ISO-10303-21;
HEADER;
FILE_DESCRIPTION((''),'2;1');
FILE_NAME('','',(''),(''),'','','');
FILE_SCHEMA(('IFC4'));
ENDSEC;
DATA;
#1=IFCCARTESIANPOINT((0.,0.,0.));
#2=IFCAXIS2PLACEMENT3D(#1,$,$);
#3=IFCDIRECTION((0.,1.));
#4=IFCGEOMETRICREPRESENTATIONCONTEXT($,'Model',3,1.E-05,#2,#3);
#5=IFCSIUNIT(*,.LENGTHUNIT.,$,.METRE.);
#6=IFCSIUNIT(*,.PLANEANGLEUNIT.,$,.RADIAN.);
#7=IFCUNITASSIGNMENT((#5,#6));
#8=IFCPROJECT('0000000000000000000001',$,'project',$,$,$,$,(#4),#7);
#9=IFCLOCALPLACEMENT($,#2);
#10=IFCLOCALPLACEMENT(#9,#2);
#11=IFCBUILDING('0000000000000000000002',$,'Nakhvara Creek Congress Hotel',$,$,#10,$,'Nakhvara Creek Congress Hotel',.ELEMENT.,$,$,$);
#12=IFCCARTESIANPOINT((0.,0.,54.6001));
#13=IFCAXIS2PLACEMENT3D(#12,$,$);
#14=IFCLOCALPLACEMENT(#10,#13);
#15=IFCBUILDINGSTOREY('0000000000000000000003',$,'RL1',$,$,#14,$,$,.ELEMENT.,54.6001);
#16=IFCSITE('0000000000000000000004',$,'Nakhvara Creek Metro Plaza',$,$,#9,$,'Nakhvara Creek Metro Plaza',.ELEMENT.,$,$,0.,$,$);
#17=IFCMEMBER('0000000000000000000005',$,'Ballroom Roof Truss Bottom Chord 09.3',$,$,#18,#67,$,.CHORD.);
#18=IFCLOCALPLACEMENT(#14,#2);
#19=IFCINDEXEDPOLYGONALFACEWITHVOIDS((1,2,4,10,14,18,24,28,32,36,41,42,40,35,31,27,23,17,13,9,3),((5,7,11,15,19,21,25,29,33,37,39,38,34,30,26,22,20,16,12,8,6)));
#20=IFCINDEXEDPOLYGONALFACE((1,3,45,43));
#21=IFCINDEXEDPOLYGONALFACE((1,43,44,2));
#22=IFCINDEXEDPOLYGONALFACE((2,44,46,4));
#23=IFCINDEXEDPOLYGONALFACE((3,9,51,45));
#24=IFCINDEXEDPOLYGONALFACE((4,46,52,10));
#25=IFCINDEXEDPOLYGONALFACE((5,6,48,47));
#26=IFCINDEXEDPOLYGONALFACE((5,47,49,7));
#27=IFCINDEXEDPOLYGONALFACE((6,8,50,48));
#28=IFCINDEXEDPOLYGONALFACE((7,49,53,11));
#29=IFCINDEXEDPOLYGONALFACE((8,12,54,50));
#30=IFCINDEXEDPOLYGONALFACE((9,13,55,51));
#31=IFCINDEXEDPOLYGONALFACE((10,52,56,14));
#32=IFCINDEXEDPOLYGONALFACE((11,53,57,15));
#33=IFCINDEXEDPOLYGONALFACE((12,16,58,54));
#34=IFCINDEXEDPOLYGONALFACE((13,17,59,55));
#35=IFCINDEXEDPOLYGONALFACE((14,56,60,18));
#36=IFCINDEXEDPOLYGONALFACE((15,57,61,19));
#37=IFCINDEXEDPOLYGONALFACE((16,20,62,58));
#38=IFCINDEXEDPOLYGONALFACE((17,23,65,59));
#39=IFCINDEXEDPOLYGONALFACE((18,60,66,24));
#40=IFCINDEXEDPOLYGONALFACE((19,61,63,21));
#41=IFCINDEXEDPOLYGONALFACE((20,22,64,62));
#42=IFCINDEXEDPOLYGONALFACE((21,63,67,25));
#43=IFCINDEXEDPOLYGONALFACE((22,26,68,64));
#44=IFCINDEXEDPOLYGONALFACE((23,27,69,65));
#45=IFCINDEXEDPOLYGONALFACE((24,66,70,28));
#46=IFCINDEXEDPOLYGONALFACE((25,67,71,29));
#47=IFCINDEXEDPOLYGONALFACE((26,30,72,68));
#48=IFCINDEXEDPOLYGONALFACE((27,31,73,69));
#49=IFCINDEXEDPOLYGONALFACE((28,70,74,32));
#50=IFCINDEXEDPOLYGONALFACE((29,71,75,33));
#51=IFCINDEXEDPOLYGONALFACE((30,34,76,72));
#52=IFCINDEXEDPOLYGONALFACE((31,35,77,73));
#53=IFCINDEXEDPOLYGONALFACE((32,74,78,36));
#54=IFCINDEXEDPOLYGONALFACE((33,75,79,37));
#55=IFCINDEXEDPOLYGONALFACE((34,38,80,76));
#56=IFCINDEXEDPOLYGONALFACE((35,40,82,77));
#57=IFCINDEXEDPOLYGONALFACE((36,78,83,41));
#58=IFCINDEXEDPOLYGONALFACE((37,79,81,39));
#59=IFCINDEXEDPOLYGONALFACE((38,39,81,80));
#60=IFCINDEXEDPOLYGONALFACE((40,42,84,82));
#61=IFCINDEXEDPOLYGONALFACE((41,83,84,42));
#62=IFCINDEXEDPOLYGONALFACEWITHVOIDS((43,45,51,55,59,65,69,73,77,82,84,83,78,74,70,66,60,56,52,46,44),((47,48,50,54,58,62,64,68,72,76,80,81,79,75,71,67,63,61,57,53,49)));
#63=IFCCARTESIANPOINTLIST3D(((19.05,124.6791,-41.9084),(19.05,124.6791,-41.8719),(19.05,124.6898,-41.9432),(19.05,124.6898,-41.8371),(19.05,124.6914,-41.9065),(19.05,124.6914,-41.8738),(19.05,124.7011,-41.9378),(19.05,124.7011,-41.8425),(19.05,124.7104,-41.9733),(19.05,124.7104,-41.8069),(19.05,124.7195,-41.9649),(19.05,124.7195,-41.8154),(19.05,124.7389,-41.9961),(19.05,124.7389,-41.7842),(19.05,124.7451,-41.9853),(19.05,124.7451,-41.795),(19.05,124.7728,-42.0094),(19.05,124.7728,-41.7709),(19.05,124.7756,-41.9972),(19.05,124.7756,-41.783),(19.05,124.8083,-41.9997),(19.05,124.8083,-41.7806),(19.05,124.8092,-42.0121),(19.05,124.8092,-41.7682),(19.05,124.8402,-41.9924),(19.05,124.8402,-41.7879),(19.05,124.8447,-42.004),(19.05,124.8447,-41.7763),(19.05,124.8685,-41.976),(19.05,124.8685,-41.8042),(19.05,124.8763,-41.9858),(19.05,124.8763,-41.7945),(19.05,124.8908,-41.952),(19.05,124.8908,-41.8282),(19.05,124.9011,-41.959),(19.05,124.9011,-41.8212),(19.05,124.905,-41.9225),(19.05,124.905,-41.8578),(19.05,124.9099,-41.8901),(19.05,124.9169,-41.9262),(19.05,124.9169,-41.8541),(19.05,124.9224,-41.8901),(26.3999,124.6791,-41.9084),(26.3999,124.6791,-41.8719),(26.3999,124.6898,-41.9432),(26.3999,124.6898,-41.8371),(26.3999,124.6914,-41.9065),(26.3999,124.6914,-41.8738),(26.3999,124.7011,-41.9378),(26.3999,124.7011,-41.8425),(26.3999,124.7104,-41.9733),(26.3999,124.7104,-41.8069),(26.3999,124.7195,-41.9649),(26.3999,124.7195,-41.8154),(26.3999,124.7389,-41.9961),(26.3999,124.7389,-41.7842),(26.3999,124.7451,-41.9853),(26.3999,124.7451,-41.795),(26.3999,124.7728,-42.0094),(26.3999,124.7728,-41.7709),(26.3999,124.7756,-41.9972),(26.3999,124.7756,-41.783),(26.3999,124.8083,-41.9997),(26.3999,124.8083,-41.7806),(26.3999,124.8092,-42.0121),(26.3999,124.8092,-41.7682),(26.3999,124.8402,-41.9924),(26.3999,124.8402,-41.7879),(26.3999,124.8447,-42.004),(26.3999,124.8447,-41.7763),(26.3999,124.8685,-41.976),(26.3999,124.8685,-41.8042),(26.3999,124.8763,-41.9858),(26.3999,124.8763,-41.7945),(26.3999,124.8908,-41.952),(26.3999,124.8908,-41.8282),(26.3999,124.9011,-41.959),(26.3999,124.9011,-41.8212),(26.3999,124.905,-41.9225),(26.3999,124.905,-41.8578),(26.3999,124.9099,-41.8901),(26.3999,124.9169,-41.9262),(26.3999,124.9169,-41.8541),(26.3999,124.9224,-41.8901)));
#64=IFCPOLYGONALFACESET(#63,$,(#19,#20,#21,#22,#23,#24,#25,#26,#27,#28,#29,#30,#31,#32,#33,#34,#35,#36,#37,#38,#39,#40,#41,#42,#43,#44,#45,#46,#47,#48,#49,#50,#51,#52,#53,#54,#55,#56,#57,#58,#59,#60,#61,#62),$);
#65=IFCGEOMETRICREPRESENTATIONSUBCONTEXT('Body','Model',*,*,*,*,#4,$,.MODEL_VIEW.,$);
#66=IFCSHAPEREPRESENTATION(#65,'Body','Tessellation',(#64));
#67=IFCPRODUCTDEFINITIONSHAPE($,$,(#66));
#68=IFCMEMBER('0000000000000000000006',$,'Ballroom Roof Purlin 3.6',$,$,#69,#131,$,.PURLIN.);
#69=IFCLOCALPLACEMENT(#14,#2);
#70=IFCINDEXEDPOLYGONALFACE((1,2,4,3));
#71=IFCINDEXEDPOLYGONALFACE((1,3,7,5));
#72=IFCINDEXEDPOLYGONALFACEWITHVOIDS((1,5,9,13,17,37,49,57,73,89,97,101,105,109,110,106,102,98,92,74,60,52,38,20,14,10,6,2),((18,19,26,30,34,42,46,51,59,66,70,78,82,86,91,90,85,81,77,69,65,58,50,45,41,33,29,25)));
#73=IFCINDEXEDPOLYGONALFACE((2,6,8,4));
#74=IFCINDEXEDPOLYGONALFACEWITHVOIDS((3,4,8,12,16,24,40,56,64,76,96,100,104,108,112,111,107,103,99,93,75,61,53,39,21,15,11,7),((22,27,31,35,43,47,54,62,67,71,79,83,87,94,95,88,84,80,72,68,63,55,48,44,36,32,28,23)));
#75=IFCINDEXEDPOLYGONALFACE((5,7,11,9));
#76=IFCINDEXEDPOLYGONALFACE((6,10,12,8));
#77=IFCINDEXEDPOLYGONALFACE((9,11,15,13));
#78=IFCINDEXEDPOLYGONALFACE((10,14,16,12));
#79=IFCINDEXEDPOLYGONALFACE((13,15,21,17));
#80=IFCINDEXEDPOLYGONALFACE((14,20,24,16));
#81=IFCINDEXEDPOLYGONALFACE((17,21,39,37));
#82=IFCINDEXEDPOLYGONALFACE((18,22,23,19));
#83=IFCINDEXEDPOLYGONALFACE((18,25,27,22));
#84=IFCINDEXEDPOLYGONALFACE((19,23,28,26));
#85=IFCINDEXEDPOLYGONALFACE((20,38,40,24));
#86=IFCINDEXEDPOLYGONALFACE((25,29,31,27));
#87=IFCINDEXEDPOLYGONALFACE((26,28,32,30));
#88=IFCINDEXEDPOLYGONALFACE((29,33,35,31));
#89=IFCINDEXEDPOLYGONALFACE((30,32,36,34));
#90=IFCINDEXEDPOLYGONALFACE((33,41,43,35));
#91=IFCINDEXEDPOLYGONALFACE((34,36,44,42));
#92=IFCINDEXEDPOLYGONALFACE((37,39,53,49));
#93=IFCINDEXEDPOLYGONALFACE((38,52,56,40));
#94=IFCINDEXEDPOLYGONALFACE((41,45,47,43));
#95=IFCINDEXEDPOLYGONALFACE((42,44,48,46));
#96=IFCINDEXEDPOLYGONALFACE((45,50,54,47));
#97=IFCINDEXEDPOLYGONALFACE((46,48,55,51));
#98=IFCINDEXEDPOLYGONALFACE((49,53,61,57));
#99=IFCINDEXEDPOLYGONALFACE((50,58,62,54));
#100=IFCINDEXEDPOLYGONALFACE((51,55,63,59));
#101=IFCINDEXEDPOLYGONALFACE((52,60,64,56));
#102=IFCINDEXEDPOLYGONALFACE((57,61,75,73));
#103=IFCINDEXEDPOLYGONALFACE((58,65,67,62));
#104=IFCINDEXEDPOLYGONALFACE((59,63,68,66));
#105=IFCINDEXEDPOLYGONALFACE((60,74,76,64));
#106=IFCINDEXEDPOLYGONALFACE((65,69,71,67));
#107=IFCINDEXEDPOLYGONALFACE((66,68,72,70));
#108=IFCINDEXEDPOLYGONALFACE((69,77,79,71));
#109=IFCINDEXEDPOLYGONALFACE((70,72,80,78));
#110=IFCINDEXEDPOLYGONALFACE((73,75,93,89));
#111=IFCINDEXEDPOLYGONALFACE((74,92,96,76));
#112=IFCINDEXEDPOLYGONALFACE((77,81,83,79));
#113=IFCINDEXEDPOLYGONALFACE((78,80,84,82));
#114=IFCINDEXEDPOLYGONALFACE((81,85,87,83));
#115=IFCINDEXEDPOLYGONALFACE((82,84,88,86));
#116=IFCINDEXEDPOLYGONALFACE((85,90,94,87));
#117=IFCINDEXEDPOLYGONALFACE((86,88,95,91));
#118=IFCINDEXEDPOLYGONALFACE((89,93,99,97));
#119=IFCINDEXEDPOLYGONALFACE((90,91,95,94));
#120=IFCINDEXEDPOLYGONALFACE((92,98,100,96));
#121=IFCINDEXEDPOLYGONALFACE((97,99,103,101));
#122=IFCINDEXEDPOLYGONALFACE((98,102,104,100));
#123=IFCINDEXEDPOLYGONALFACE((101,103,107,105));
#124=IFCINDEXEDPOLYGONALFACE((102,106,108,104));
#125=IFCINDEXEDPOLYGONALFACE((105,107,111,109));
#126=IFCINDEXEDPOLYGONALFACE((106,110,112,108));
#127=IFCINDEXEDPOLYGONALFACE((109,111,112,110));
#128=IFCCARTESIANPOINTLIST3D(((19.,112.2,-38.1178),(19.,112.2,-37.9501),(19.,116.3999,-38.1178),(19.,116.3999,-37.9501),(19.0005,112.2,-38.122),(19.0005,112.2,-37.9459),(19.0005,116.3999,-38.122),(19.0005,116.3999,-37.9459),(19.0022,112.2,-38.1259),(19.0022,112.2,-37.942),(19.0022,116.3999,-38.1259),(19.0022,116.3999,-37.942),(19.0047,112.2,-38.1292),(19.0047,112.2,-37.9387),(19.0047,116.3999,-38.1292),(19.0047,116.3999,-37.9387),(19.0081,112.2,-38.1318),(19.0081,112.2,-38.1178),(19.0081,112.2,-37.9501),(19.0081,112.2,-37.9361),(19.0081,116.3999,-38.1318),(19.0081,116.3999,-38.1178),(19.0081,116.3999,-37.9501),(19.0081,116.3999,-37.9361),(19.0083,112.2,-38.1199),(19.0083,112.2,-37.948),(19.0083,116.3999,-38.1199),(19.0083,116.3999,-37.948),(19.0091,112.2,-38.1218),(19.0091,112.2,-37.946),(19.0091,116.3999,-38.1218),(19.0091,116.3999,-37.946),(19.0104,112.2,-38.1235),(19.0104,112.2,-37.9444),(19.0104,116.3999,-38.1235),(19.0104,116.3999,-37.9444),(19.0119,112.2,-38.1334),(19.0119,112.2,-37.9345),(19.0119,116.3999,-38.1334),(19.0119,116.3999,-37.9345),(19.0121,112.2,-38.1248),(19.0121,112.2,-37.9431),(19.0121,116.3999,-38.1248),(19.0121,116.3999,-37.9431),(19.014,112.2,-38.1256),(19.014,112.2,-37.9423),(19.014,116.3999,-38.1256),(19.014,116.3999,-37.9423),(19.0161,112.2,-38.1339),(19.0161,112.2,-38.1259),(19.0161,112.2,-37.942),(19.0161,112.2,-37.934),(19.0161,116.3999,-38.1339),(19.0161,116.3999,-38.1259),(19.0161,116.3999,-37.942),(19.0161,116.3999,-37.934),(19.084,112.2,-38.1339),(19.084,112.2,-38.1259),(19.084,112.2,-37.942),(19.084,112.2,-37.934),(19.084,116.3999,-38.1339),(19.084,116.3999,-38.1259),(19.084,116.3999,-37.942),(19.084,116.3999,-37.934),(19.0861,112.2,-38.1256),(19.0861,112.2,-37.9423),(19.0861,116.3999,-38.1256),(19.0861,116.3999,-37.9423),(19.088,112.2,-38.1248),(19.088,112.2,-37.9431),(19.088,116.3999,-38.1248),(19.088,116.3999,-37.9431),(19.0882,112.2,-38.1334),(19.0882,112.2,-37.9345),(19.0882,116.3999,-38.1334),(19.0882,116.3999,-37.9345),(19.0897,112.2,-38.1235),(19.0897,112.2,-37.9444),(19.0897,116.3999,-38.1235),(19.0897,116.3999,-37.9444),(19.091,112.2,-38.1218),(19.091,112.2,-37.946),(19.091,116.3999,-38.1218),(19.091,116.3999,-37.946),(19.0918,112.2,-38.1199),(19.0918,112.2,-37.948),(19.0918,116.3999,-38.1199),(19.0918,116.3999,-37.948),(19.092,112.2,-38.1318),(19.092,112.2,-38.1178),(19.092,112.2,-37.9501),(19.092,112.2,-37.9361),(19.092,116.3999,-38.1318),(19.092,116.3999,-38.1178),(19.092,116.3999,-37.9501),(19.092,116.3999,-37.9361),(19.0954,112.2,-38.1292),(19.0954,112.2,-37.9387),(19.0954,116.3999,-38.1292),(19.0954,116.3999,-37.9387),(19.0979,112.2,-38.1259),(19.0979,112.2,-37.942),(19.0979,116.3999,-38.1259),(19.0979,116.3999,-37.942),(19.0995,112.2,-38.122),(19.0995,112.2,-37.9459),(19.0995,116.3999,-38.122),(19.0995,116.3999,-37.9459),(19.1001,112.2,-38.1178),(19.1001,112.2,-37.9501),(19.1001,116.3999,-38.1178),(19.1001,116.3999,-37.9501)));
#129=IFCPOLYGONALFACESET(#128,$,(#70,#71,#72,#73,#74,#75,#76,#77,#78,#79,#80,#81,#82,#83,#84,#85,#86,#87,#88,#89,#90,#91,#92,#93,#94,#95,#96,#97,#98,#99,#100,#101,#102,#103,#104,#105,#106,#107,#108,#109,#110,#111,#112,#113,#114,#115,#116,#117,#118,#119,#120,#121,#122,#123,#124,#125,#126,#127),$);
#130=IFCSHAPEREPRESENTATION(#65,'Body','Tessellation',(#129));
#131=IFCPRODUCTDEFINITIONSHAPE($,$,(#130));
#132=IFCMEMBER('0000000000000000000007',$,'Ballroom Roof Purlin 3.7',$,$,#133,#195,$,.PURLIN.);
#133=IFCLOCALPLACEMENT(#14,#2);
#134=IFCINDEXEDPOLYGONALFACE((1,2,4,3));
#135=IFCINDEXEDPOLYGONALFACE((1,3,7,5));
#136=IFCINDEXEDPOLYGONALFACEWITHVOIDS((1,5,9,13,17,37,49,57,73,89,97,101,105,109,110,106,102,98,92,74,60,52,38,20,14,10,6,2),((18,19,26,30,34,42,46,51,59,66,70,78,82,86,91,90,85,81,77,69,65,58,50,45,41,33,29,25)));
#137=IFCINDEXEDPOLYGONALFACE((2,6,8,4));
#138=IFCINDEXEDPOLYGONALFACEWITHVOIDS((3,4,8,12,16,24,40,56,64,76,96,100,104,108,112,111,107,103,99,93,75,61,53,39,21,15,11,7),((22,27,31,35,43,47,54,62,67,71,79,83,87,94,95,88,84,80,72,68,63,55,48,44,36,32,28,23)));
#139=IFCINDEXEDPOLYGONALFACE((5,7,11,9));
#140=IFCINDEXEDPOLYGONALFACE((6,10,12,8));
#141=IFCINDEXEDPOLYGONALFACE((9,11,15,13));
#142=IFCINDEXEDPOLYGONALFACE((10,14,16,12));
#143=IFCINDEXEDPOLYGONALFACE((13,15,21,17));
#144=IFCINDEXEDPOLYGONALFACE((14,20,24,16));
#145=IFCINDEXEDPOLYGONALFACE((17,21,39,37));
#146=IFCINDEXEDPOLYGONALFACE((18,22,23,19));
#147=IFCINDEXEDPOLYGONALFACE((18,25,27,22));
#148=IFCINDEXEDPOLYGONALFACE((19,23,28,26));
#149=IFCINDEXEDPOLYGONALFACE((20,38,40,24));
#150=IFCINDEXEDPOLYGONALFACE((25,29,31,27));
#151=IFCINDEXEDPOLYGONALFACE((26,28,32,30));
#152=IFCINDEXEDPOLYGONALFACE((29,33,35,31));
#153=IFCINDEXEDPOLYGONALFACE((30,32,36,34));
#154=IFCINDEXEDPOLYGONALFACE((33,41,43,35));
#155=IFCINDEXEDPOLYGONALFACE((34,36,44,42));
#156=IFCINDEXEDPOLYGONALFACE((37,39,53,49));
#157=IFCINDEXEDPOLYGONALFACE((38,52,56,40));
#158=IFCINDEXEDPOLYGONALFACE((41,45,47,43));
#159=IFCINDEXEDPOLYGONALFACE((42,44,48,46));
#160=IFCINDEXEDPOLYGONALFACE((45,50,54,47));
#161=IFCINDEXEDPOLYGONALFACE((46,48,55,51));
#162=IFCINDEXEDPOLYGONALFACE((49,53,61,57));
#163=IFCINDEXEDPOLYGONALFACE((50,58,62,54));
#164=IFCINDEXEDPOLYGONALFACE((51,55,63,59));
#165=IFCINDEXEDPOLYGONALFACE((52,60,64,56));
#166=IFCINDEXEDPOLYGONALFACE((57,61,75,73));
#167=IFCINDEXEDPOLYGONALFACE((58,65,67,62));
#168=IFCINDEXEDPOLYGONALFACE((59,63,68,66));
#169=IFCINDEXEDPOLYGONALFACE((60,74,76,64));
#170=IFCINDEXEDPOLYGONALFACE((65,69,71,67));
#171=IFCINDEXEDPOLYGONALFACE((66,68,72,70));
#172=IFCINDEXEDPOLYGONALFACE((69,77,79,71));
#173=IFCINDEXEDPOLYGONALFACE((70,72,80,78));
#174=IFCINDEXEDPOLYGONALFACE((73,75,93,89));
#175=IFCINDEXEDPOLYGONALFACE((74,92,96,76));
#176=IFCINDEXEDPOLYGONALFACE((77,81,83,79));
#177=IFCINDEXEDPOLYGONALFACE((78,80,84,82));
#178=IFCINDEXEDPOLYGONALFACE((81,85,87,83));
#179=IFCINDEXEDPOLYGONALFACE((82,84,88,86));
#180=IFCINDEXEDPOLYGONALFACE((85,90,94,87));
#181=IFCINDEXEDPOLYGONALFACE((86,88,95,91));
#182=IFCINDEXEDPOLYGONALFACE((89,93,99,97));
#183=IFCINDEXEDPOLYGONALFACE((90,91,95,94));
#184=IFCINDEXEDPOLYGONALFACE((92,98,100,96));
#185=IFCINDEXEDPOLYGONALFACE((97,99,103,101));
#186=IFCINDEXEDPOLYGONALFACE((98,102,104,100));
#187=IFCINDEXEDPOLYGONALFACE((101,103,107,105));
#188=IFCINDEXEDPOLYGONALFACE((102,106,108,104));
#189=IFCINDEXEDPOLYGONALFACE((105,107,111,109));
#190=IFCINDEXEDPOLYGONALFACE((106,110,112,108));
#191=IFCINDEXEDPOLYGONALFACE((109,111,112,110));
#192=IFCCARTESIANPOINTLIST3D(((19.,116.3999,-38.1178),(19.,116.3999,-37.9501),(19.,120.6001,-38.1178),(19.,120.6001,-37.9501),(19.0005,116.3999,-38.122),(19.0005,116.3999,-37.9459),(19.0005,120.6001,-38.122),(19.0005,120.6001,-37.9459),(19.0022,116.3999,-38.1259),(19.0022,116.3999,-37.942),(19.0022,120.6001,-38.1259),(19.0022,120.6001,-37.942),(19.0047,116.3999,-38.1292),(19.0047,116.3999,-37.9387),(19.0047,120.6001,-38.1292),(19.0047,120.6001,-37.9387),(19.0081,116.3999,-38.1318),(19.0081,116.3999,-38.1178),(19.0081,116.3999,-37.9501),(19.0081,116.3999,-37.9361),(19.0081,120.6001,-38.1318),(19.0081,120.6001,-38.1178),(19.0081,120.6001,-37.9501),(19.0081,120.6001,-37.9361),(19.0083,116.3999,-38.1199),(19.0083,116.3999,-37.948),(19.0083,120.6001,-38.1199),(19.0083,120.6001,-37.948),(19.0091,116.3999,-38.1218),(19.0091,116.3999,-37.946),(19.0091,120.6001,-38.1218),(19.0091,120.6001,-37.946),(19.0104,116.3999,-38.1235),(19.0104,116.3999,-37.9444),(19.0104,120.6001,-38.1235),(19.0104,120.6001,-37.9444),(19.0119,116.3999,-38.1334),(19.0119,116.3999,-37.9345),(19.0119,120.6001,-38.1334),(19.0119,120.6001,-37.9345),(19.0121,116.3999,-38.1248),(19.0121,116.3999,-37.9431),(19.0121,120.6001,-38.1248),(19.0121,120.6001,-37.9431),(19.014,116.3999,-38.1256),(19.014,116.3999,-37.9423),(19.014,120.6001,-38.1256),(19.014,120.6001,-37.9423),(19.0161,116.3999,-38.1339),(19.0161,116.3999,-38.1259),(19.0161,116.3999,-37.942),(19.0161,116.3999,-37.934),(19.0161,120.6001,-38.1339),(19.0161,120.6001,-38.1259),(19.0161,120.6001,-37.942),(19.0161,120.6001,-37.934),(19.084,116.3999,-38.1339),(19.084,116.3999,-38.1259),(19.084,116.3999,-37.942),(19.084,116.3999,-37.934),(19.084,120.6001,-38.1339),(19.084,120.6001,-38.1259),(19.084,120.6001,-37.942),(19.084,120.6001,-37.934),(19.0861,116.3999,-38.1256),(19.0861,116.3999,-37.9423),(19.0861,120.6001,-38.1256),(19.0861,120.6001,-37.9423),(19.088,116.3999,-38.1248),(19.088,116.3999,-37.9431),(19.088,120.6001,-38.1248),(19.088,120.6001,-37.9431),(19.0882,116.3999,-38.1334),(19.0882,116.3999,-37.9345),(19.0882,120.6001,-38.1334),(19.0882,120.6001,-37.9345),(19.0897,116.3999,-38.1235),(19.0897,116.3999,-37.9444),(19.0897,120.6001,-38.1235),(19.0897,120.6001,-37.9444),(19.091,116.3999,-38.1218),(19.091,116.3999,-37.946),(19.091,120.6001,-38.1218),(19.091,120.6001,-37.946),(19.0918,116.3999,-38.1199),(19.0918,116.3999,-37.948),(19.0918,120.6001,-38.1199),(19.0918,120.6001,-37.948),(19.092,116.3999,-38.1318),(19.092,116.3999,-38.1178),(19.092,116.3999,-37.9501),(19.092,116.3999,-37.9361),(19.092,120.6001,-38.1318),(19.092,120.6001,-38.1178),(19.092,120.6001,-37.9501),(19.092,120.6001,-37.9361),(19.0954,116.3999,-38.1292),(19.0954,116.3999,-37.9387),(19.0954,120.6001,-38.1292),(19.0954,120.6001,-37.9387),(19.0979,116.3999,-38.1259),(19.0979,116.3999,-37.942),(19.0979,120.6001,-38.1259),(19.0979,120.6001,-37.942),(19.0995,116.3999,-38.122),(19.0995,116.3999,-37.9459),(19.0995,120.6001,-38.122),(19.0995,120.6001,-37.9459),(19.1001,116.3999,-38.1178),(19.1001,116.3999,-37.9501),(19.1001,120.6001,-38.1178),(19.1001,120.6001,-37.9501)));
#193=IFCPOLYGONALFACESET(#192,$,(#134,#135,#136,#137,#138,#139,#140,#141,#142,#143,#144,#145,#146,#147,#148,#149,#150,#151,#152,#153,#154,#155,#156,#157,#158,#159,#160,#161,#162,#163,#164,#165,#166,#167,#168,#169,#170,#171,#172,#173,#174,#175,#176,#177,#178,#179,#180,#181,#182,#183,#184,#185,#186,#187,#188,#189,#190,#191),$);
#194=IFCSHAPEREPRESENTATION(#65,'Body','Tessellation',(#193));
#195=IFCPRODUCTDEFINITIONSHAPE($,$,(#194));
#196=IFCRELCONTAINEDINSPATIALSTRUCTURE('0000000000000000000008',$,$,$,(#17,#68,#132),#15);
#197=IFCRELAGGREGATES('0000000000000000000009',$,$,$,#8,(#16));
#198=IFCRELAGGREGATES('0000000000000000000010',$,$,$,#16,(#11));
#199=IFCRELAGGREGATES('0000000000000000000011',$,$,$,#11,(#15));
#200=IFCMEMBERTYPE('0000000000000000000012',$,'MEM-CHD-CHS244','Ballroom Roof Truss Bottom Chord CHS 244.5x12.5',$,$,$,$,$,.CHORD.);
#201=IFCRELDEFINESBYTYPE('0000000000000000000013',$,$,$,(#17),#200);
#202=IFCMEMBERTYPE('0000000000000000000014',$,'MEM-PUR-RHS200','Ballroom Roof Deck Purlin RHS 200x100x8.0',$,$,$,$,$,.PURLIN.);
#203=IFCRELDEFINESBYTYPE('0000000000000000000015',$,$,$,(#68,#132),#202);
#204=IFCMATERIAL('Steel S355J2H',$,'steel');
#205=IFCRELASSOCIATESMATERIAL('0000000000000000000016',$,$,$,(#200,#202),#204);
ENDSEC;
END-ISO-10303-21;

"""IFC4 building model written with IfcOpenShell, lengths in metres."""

from ifc_helpers import new_model, si_unit, direction, frame, origin, origin_2d, place, context, subcontext, project, spatial, hollow_rectangle, hollow_circle, extrude, material, material_profile, profile_set, type_object, element, save


model = new_model("IFC4")

# Units and contexts
model_context = context("Model", 3, precision=1e-05, world=origin(), true_north=direction((0.0, 1.0)))
body_context = subcontext(model_context, "Body", "Model", "MODEL_VIEW")
ifc_project = project(units=[si_unit("LENGTHUNIT", "METRE"), si_unit("PLANEANGLEUNIT", "RADIAN")], contexts=[model_context])

# Site, building, storey
site_placement = place(None, origin())
site = spatial("IfcSite", under=ifc_project, at=site_placement, Name="Nakhvara Creek Metro Plaza", LongName="Nakhvara Creek Metro Plaza", CompositionType="ELEMENT", RefElevation=0.0)
building_placement = place(site_placement, origin())
building = spatial("IfcBuilding", under=site, at=building_placement, Name="Nakhvara Creek Congress Hotel", LongName="Nakhvara Creek Congress Hotel", CompositionType="ELEMENT")
storey_placement = place(building_placement, frame((0.0, 0.0, 54.6001)))
storey = spatial("IfcBuildingStorey", under=building, at=storey_placement, Name="RL1", CompositionType="ELEMENT", Elevation=54.6001)

# Members
ifc_material_1 = material(Name="Steel S355J2H", Category="steel")
ifc_material_profile_1 = material_profile(ifc_material_1, hollow_circle(Radius=0.1223, WallThickness=0.0125, at=origin_2d()), Name="CHS 244.5x12.5", Category="LoadBearing")
ifc_profile_set_1 = profile_set([ifc_material_profile_1], Name="Steel S355J2H")
member_type_1 = type_object("IfcMemberType", Name="MEM-CHD-CHS244", Description="Ballroom Roof Truss Bottom Chord CHS 244.5x12.5", PredefinedType="CHORD", material=ifc_profile_set_1)
for number, where, z_axis, x_axis, name in (
    (1, (19.05, 124.8, -41.8901), (1.0, 0.0, 0.0), (0.0, 1.0, 0.0), "Ballroom Roof Truss Bottom Chord 09.3"),
):
    element("IfcMember", number, at=place(storey_placement, frame(where, z_axis=z_axis, x_axis=x_axis)), inside=storey, type_object=member_type_1, Name=name, PredefinedType="CHORD", context=body_context, shape_type="SweptSolid", body=[
        extrude(hollow_circle(Radius=0.1223, WallThickness=0.0125, at=origin_2d()), origin(), (0.0, 0.0, 1.0), 7.3499),
    ])
ifc_material_profile_2 = material_profile(ifc_material_1, hollow_rectangle(XDim=0.1001, YDim=0.2, WallThickness=0.0081, InnerFilletRadius=0.0081, OuterFilletRadius=0.0161, at=origin_2d()), Name="RHS 200x100x8.0", Category="LoadBearing")
ifc_profile_set_2 = profile_set([ifc_material_profile_2], Name="Steel S355J2H")
member_type_2 = type_object("IfcMemberType", Name="MEM-PUR-RHS200", Description="Ballroom Roof Deck Purlin RHS 200x100x8.0", PredefinedType="PURLIN", material=ifc_profile_set_2)
member_1_placement = place(storey_placement, frame((19.05, 112.2, -38.0339), z_axis=(0.0, 1.0, 0.0), x_axis=(-1.0, 0.0, 0.0)))
element("IfcMember", 2, at=member_1_placement, inside=storey, type_object=member_type_2, Name="Ballroom Roof Purlin 3.6", PredefinedType="PURLIN", context=body_context, shape_type="SweptSolid", body=[
    extrude(hollow_rectangle(XDim=0.1001, YDim=0.2, WallThickness=0.0081, InnerFilletRadius=0.0081, OuterFilletRadius=0.0161, at=origin_2d()), origin(), (0.0, 0.0, 1.0), 4.2),
])
member_2_placement = place(storey_placement, frame((19.05, 116.3999, -38.0339), z_axis=(0.0, 1.0, 0.0), x_axis=(-1.0, 0.0, 0.0)))
element("IfcMember", 3, at=member_2_placement, inside=storey, type_object=member_type_2, Name="Ballroom Roof Purlin 3.7", PredefinedType="PURLIN", context=body_context, shape_type="SweptSolid", body=[
    extrude(hollow_rectangle(XDim=0.1001, YDim=0.2, WallThickness=0.0081, InnerFilletRadius=0.0081, OuterFilletRadius=0.0161, at=origin_2d()), origin(), (0.0, 0.0, 1.0), 4.2002),
])

save(model, "model.ifc")
